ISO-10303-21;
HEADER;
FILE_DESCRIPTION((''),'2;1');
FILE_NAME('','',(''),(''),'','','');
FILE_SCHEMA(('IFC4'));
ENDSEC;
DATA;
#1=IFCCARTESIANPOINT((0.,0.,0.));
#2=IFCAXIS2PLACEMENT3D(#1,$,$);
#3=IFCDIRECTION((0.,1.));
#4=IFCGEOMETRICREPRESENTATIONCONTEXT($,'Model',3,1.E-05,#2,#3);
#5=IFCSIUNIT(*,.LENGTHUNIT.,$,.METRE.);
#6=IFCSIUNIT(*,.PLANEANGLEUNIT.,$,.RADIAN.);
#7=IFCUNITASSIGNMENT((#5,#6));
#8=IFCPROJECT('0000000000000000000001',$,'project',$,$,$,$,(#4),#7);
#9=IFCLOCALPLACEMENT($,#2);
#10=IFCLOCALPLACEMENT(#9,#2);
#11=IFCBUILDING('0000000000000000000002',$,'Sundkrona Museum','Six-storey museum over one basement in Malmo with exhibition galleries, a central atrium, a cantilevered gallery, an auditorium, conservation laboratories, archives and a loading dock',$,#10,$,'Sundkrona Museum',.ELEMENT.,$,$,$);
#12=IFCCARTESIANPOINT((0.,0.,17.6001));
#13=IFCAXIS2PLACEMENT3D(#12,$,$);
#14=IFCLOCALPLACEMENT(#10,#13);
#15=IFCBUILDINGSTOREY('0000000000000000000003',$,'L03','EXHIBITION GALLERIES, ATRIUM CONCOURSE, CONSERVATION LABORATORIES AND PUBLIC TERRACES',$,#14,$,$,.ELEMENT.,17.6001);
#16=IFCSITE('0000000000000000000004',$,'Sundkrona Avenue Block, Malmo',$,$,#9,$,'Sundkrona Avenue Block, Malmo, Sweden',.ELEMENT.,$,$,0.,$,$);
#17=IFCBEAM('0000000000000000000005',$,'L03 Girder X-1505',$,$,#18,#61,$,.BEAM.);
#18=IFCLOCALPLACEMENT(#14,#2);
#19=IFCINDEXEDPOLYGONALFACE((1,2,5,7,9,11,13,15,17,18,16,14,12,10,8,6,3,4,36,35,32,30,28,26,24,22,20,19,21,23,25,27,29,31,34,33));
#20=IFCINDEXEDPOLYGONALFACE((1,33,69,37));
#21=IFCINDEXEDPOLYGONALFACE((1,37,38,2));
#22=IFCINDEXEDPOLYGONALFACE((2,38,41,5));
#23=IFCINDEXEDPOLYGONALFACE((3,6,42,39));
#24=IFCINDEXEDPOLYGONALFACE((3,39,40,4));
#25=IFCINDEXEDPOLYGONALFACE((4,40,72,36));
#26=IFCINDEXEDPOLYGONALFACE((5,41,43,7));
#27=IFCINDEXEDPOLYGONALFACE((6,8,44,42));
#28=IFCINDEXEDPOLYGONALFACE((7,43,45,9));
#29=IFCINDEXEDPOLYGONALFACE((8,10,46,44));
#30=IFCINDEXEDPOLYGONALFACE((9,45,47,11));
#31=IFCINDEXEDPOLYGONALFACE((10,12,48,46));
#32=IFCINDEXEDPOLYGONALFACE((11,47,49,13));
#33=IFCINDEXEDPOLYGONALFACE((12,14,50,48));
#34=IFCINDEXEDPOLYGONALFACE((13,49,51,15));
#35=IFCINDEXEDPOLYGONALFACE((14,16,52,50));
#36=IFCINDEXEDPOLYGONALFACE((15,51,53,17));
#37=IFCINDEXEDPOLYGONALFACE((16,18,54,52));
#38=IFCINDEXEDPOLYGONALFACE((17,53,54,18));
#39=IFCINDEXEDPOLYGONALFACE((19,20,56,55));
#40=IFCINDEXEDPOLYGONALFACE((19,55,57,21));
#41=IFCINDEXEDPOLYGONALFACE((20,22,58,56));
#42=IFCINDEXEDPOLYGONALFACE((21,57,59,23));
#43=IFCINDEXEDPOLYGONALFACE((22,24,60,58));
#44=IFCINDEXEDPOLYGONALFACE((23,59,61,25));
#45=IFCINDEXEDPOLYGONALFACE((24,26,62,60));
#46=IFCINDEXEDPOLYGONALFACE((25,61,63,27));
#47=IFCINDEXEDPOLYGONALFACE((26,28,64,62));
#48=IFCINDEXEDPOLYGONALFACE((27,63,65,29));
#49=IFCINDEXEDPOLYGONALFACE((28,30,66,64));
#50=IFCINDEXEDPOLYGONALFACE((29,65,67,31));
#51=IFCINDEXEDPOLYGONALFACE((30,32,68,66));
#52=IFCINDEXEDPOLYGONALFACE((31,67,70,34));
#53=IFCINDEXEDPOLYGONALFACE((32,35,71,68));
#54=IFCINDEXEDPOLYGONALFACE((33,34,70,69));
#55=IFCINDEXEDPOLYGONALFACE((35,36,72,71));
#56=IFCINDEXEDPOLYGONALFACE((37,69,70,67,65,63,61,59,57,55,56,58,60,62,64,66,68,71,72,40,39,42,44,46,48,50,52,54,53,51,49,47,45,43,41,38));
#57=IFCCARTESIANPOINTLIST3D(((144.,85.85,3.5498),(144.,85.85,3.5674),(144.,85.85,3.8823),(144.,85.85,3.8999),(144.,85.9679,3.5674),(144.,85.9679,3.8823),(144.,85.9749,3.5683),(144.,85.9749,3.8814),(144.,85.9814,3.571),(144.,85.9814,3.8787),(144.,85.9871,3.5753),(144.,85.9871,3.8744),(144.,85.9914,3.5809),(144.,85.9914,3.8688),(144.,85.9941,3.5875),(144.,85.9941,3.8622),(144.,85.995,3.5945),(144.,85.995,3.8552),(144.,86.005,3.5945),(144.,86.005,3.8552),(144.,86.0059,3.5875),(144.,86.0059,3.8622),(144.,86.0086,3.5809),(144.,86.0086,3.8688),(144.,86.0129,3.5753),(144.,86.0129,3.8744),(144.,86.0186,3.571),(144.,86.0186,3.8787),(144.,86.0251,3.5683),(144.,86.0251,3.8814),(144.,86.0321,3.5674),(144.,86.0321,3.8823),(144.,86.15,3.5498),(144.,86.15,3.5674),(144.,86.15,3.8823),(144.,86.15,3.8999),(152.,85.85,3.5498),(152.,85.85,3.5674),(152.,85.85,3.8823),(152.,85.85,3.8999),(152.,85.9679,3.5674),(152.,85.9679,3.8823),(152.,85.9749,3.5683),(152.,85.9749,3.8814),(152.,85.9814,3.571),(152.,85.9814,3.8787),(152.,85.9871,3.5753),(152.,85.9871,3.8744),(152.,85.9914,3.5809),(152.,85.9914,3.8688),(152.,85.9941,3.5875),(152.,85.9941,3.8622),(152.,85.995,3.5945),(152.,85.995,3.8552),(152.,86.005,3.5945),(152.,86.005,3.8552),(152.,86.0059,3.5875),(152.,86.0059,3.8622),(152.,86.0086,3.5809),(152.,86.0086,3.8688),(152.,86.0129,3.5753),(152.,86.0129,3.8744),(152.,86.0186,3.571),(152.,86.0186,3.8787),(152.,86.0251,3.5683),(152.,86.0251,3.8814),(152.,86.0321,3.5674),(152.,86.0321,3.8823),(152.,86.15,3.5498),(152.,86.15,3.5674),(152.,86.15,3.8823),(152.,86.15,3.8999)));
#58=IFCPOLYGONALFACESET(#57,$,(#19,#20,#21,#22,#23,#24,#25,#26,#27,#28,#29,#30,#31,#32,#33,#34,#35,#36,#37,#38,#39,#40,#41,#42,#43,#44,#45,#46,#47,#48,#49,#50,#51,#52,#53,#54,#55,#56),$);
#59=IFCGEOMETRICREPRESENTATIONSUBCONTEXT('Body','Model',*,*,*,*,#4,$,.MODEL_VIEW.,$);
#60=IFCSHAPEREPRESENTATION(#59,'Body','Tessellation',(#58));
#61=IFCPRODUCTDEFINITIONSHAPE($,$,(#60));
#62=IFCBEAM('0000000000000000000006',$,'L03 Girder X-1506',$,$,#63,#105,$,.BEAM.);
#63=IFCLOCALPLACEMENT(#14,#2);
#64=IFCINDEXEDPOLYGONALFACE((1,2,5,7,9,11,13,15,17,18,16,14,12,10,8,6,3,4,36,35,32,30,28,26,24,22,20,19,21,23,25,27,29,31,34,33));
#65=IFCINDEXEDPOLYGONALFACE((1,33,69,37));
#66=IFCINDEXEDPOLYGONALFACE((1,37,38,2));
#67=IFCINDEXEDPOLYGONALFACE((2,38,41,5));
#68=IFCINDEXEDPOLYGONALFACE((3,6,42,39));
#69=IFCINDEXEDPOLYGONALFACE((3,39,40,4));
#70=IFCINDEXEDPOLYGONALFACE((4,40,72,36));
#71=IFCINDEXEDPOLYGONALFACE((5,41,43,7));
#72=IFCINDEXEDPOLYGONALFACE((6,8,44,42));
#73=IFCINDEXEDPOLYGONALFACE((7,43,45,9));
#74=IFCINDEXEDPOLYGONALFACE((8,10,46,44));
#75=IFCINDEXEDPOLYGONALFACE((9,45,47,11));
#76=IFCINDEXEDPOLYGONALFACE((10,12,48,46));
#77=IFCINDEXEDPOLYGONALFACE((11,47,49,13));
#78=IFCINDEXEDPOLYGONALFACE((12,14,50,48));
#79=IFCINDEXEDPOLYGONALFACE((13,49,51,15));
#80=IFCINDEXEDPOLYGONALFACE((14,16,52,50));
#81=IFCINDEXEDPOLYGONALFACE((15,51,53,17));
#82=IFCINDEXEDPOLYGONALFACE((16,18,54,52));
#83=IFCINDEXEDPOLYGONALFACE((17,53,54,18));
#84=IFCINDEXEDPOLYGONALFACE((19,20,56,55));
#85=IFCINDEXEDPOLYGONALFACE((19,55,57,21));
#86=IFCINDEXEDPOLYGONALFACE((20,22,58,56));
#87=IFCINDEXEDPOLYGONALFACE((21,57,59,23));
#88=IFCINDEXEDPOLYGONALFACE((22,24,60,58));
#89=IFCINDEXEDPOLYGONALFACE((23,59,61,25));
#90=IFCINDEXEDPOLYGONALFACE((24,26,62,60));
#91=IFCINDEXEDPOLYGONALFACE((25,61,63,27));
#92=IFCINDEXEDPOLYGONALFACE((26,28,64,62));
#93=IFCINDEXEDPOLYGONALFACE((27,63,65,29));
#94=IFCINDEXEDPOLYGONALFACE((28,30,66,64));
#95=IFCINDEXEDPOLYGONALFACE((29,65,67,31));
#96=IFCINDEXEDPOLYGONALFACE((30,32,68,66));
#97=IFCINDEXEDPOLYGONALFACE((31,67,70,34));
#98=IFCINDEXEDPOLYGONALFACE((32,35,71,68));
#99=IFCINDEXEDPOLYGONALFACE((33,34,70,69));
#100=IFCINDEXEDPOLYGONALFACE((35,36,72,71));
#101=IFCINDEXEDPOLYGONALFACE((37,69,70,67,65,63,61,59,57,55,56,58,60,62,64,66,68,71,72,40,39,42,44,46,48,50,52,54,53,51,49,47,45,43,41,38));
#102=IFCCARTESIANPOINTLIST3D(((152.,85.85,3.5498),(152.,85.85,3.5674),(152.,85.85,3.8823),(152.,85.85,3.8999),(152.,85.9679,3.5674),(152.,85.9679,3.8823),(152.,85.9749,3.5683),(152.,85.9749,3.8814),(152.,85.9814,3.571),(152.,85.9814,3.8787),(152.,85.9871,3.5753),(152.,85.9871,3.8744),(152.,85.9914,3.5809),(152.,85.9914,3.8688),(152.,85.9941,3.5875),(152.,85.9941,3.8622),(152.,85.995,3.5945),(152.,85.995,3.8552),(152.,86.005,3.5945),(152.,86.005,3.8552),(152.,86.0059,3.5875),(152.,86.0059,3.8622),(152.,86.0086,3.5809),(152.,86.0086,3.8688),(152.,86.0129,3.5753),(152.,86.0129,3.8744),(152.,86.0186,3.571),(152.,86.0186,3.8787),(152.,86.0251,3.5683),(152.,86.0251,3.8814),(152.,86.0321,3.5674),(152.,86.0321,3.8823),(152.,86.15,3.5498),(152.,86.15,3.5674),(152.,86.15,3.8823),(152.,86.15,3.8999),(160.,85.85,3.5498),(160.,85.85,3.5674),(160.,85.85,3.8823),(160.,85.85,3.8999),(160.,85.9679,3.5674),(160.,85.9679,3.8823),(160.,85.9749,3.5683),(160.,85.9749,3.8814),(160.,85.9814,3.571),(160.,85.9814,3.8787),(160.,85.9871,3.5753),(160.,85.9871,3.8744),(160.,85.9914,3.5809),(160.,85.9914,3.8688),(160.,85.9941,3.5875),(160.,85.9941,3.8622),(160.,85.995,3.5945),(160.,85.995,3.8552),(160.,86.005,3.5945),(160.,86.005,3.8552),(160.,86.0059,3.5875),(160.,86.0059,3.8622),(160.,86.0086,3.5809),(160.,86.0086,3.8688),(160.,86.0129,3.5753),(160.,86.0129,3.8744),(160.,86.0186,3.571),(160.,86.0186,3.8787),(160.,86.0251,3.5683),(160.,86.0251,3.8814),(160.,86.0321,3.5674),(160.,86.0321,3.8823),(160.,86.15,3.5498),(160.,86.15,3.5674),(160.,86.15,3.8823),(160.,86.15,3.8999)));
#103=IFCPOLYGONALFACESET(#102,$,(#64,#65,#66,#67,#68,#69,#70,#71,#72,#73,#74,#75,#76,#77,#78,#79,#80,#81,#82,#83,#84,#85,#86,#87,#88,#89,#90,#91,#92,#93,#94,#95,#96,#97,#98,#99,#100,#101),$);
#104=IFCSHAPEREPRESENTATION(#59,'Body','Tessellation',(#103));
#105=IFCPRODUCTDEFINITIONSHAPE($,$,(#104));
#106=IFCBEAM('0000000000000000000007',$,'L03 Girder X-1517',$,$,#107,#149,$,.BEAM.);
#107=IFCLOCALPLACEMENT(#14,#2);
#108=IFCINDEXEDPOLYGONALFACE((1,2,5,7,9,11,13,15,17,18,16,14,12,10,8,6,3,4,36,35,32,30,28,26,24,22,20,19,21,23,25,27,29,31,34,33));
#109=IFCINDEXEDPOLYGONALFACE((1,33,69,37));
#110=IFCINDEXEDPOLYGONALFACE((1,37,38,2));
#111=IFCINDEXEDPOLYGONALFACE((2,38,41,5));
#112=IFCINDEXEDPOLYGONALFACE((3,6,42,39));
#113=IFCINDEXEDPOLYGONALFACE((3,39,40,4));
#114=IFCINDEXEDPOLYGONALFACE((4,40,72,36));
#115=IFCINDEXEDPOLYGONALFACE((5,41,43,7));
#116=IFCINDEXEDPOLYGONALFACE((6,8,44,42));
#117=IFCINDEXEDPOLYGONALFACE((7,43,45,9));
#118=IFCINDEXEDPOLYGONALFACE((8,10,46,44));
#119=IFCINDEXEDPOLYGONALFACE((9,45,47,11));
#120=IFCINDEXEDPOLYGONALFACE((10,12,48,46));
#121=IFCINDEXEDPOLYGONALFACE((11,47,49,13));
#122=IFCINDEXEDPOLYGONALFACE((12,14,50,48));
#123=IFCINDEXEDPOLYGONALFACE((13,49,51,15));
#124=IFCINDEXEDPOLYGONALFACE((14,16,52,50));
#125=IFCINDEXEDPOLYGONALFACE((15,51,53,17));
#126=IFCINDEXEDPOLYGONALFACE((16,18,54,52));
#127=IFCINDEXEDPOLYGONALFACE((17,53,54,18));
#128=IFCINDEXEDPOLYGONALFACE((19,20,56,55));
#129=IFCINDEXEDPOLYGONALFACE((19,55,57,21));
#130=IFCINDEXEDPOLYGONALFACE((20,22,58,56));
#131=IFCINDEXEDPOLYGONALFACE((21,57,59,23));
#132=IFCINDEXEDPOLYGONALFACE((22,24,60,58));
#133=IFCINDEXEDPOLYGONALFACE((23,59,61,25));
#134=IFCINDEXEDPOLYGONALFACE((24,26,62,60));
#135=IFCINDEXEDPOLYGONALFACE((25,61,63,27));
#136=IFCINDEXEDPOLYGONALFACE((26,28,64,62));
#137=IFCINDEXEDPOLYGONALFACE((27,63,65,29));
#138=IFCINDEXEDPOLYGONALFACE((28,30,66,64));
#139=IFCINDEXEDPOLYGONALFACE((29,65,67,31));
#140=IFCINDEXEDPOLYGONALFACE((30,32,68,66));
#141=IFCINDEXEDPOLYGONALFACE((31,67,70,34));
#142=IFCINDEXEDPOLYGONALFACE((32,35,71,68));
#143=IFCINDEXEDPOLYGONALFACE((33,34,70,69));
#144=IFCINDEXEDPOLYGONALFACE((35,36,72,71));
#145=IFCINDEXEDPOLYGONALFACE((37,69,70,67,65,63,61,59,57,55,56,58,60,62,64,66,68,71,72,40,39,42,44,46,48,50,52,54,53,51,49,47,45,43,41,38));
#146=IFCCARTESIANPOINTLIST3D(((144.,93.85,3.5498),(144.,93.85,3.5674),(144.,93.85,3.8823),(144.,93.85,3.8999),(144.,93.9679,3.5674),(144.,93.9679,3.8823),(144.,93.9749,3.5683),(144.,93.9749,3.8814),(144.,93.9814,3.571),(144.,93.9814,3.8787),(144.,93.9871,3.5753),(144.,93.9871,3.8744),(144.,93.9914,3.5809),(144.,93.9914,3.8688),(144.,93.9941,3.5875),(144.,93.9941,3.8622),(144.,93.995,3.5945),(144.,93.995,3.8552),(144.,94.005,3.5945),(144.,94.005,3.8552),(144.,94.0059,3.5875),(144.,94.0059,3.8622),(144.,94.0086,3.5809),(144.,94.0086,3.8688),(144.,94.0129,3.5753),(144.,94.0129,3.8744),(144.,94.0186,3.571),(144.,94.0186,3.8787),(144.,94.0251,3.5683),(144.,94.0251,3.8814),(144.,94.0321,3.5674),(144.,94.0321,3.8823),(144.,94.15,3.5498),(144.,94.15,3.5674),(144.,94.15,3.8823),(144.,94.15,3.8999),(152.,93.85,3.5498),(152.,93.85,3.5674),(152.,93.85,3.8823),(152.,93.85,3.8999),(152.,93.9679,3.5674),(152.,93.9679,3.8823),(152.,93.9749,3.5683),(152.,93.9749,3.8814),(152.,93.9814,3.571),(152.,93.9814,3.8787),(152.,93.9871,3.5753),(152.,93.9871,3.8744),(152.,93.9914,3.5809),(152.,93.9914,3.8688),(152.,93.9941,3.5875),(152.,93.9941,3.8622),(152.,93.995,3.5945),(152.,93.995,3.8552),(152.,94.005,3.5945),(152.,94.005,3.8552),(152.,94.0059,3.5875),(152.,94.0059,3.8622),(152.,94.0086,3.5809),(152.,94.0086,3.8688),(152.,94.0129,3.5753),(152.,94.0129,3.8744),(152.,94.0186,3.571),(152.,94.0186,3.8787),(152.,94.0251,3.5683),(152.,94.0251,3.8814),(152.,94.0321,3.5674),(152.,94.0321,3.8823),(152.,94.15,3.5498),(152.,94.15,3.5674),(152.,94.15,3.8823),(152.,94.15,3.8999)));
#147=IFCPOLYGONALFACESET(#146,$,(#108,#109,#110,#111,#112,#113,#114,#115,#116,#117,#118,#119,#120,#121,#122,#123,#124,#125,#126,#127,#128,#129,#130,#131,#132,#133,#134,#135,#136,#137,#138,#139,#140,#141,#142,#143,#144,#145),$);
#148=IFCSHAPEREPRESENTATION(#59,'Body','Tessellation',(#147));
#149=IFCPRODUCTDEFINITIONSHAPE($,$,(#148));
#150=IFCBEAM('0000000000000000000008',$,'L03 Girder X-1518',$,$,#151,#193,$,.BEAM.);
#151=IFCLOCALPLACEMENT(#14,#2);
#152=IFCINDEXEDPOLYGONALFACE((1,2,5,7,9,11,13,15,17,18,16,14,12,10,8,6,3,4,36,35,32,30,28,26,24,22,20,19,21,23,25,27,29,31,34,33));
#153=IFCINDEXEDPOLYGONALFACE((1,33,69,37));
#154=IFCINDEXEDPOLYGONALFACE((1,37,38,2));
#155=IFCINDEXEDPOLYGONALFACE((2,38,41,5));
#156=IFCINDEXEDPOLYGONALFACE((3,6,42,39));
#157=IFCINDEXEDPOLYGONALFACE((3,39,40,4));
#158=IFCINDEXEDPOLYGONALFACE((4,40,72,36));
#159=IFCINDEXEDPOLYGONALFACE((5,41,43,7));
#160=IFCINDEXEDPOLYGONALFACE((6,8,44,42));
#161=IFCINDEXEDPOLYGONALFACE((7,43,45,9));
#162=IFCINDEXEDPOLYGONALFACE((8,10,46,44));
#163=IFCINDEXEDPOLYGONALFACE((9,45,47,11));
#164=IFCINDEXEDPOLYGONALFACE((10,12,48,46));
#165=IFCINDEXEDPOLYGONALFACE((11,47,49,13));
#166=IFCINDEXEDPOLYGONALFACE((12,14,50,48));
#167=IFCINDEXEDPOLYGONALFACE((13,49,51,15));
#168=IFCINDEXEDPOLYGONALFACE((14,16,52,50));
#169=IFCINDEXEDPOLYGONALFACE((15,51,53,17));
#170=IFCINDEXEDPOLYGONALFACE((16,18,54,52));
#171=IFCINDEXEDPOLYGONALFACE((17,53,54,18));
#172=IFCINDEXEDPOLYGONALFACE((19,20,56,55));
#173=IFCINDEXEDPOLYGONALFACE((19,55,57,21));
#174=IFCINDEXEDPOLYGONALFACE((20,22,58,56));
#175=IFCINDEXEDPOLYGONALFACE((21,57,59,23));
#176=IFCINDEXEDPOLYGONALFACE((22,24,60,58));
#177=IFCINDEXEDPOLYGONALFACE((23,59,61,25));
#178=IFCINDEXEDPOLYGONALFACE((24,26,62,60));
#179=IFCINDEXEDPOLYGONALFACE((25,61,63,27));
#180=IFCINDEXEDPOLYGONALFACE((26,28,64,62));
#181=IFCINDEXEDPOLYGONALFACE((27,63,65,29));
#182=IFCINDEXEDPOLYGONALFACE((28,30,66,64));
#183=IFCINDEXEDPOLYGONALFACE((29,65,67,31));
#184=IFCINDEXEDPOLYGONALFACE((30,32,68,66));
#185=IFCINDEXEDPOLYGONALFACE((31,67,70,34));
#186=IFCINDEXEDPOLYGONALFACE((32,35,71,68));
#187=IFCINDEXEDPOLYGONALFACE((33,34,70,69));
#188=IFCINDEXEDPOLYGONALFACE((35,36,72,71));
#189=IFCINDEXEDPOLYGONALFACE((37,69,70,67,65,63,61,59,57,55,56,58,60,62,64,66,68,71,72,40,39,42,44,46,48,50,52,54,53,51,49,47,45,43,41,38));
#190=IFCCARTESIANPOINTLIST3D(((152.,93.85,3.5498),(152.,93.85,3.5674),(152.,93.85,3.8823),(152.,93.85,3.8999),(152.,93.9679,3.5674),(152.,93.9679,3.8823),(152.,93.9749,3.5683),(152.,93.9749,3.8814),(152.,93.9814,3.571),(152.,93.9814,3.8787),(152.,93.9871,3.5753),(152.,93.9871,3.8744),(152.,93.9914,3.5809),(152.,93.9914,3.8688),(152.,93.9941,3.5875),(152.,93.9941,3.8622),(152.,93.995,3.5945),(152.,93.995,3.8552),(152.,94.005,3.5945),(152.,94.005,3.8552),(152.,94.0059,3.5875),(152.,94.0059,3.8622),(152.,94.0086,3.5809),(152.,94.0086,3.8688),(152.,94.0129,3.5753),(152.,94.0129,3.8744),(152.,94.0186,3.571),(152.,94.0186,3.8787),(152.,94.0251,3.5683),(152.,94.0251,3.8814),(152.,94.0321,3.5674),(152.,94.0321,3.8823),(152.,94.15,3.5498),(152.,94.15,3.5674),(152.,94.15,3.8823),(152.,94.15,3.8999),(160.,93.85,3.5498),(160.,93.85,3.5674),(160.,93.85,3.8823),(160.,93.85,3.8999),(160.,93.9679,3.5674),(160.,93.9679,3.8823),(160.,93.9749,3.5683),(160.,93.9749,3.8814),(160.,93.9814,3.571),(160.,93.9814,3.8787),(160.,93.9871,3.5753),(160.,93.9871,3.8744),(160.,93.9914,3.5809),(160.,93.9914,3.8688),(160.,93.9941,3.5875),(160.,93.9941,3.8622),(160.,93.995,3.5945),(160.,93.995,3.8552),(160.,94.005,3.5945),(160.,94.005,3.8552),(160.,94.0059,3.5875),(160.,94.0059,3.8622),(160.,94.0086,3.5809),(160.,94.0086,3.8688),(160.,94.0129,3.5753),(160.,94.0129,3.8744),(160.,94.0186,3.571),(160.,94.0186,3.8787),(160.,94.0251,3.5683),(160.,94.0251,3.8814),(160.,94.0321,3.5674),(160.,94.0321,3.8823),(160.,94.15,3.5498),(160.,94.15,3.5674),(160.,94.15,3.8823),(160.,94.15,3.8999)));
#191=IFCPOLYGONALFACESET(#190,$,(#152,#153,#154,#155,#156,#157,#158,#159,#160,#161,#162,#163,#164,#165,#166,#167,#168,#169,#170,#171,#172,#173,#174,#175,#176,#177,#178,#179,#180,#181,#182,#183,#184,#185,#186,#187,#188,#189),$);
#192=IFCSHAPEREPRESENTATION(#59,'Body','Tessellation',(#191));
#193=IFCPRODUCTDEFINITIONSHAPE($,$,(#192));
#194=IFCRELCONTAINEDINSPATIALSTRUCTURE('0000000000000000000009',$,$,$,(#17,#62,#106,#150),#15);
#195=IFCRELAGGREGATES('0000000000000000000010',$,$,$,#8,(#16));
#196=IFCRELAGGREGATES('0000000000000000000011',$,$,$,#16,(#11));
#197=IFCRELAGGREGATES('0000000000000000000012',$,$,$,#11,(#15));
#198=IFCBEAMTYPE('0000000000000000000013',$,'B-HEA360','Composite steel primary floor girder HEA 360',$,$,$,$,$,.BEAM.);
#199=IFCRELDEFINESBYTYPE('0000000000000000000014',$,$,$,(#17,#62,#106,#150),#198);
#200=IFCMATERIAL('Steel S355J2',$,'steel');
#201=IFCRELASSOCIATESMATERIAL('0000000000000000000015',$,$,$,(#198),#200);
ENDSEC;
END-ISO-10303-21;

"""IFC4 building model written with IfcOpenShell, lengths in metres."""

from ifc_helpers import new_model, si_unit, direction, frame, origin, origin_2d, place, context, subcontext, project, spatial, i_section, extrude, material, material_profile, profile_set, type_object, element, save


model = new_model("IFC4")

# Units and contexts
model_context = context("Model", 3, precision=1e-05, world=origin(), true_north=direction((0.0, 1.0)))
body_context = subcontext(model_context, "Body", "Model", "MODEL_VIEW")
ifc_project = project(units=[si_unit("LENGTHUNIT", "METRE"), si_unit("PLANEANGLEUNIT", "RADIAN")], contexts=[model_context])

# Site, building, storey
site_placement = place(None, origin())
site = spatial("IfcSite", under=ifc_project, at=site_placement, Name="Sundkrona Avenue Block, Malmo", LongName="Sundkrona Avenue Block, Malmo, Sweden", CompositionType="ELEMENT", RefElevation=0.0)
building_placement = place(site_placement, origin())
building = spatial("IfcBuilding", under=site, at=building_placement, Name="Sundkrona Museum", Description="Six-storey museum over one basement in Malmo with exhibition galleries, a central atrium, a cantilevered gallery, an auditorium, conservation laboratories, archives and a loading dock", LongName="Sundkrona Museum", CompositionType="ELEMENT")
storey_placement = place(building_placement, frame((0.0, 0.0, 17.6001)))
storey = spatial("IfcBuildingStorey", under=building, at=storey_placement, Name="L03", Description="EXHIBITION GALLERIES, ATRIUM CONCOURSE, CONSERVATION LABORATORIES AND PUBLIC TERRACES", CompositionType="ELEMENT", Elevation=17.6001)

# Shared definitions
ifc_material_1 = material(Name="Steel S355J2", Category="steel")

# Beams
ifc_material_profile_1 = material_profile(ifc_material_1, i_section(OverallWidth=0.3, OverallDepth=0.3501, WebThickness=0.01, FlangeThickness=0.0176, FilletRadius=0.0271, at=origin_2d()), Name="HEA 360")
ifc_profile_set_1 = profile_set([ifc_material_profile_1], Name="Steel S355J2")
beam_type_1 = type_object("IfcBeamType", Name="B-HEA360", Description="Composite steel primary floor girder HEA 360", PredefinedType="BEAM", material=ifc_profile_set_1)
for number, where, z_axis, x_axis, name in (
    (1, (144.0, 86.0, 3.7249), (1.0, 0.0, 0.0), (0.0, 1.0, 0.0), "L03 Girder X-1505"),
    (2, (152.0, 86.0, 3.7249), (1.0, 0.0, 0.0), (0.0, 1.0, 0.0), "L03 Girder X-1506"),
    (3, (144.0, 94.0, 3.7249), (1.0, 0.0, 0.0), (0.0, 1.0, 0.0), "L03 Girder X-1517"),
    (4, (152.0, 94.0, 3.7249), (1.0, 0.0, 0.0), (0.0, 1.0, 0.0), "L03 Girder X-1518"),
):
    element("IfcBeam", number, at=place(storey_placement, frame(where, z_axis=z_axis, x_axis=x_axis)), inside=storey, type_object=beam_type_1, Name=name, PredefinedType="BEAM", context=body_context, shape_type="SweptSolid", body=[
        extrude(i_section(OverallWidth=0.3, OverallDepth=0.3501, WebThickness=0.01, FlangeThickness=0.0176, FilletRadius=0.0271, at=origin_2d()), origin(), (0.0, 0.0, 1.0), 8.0),
    ])

save(model, "model.ifc")
